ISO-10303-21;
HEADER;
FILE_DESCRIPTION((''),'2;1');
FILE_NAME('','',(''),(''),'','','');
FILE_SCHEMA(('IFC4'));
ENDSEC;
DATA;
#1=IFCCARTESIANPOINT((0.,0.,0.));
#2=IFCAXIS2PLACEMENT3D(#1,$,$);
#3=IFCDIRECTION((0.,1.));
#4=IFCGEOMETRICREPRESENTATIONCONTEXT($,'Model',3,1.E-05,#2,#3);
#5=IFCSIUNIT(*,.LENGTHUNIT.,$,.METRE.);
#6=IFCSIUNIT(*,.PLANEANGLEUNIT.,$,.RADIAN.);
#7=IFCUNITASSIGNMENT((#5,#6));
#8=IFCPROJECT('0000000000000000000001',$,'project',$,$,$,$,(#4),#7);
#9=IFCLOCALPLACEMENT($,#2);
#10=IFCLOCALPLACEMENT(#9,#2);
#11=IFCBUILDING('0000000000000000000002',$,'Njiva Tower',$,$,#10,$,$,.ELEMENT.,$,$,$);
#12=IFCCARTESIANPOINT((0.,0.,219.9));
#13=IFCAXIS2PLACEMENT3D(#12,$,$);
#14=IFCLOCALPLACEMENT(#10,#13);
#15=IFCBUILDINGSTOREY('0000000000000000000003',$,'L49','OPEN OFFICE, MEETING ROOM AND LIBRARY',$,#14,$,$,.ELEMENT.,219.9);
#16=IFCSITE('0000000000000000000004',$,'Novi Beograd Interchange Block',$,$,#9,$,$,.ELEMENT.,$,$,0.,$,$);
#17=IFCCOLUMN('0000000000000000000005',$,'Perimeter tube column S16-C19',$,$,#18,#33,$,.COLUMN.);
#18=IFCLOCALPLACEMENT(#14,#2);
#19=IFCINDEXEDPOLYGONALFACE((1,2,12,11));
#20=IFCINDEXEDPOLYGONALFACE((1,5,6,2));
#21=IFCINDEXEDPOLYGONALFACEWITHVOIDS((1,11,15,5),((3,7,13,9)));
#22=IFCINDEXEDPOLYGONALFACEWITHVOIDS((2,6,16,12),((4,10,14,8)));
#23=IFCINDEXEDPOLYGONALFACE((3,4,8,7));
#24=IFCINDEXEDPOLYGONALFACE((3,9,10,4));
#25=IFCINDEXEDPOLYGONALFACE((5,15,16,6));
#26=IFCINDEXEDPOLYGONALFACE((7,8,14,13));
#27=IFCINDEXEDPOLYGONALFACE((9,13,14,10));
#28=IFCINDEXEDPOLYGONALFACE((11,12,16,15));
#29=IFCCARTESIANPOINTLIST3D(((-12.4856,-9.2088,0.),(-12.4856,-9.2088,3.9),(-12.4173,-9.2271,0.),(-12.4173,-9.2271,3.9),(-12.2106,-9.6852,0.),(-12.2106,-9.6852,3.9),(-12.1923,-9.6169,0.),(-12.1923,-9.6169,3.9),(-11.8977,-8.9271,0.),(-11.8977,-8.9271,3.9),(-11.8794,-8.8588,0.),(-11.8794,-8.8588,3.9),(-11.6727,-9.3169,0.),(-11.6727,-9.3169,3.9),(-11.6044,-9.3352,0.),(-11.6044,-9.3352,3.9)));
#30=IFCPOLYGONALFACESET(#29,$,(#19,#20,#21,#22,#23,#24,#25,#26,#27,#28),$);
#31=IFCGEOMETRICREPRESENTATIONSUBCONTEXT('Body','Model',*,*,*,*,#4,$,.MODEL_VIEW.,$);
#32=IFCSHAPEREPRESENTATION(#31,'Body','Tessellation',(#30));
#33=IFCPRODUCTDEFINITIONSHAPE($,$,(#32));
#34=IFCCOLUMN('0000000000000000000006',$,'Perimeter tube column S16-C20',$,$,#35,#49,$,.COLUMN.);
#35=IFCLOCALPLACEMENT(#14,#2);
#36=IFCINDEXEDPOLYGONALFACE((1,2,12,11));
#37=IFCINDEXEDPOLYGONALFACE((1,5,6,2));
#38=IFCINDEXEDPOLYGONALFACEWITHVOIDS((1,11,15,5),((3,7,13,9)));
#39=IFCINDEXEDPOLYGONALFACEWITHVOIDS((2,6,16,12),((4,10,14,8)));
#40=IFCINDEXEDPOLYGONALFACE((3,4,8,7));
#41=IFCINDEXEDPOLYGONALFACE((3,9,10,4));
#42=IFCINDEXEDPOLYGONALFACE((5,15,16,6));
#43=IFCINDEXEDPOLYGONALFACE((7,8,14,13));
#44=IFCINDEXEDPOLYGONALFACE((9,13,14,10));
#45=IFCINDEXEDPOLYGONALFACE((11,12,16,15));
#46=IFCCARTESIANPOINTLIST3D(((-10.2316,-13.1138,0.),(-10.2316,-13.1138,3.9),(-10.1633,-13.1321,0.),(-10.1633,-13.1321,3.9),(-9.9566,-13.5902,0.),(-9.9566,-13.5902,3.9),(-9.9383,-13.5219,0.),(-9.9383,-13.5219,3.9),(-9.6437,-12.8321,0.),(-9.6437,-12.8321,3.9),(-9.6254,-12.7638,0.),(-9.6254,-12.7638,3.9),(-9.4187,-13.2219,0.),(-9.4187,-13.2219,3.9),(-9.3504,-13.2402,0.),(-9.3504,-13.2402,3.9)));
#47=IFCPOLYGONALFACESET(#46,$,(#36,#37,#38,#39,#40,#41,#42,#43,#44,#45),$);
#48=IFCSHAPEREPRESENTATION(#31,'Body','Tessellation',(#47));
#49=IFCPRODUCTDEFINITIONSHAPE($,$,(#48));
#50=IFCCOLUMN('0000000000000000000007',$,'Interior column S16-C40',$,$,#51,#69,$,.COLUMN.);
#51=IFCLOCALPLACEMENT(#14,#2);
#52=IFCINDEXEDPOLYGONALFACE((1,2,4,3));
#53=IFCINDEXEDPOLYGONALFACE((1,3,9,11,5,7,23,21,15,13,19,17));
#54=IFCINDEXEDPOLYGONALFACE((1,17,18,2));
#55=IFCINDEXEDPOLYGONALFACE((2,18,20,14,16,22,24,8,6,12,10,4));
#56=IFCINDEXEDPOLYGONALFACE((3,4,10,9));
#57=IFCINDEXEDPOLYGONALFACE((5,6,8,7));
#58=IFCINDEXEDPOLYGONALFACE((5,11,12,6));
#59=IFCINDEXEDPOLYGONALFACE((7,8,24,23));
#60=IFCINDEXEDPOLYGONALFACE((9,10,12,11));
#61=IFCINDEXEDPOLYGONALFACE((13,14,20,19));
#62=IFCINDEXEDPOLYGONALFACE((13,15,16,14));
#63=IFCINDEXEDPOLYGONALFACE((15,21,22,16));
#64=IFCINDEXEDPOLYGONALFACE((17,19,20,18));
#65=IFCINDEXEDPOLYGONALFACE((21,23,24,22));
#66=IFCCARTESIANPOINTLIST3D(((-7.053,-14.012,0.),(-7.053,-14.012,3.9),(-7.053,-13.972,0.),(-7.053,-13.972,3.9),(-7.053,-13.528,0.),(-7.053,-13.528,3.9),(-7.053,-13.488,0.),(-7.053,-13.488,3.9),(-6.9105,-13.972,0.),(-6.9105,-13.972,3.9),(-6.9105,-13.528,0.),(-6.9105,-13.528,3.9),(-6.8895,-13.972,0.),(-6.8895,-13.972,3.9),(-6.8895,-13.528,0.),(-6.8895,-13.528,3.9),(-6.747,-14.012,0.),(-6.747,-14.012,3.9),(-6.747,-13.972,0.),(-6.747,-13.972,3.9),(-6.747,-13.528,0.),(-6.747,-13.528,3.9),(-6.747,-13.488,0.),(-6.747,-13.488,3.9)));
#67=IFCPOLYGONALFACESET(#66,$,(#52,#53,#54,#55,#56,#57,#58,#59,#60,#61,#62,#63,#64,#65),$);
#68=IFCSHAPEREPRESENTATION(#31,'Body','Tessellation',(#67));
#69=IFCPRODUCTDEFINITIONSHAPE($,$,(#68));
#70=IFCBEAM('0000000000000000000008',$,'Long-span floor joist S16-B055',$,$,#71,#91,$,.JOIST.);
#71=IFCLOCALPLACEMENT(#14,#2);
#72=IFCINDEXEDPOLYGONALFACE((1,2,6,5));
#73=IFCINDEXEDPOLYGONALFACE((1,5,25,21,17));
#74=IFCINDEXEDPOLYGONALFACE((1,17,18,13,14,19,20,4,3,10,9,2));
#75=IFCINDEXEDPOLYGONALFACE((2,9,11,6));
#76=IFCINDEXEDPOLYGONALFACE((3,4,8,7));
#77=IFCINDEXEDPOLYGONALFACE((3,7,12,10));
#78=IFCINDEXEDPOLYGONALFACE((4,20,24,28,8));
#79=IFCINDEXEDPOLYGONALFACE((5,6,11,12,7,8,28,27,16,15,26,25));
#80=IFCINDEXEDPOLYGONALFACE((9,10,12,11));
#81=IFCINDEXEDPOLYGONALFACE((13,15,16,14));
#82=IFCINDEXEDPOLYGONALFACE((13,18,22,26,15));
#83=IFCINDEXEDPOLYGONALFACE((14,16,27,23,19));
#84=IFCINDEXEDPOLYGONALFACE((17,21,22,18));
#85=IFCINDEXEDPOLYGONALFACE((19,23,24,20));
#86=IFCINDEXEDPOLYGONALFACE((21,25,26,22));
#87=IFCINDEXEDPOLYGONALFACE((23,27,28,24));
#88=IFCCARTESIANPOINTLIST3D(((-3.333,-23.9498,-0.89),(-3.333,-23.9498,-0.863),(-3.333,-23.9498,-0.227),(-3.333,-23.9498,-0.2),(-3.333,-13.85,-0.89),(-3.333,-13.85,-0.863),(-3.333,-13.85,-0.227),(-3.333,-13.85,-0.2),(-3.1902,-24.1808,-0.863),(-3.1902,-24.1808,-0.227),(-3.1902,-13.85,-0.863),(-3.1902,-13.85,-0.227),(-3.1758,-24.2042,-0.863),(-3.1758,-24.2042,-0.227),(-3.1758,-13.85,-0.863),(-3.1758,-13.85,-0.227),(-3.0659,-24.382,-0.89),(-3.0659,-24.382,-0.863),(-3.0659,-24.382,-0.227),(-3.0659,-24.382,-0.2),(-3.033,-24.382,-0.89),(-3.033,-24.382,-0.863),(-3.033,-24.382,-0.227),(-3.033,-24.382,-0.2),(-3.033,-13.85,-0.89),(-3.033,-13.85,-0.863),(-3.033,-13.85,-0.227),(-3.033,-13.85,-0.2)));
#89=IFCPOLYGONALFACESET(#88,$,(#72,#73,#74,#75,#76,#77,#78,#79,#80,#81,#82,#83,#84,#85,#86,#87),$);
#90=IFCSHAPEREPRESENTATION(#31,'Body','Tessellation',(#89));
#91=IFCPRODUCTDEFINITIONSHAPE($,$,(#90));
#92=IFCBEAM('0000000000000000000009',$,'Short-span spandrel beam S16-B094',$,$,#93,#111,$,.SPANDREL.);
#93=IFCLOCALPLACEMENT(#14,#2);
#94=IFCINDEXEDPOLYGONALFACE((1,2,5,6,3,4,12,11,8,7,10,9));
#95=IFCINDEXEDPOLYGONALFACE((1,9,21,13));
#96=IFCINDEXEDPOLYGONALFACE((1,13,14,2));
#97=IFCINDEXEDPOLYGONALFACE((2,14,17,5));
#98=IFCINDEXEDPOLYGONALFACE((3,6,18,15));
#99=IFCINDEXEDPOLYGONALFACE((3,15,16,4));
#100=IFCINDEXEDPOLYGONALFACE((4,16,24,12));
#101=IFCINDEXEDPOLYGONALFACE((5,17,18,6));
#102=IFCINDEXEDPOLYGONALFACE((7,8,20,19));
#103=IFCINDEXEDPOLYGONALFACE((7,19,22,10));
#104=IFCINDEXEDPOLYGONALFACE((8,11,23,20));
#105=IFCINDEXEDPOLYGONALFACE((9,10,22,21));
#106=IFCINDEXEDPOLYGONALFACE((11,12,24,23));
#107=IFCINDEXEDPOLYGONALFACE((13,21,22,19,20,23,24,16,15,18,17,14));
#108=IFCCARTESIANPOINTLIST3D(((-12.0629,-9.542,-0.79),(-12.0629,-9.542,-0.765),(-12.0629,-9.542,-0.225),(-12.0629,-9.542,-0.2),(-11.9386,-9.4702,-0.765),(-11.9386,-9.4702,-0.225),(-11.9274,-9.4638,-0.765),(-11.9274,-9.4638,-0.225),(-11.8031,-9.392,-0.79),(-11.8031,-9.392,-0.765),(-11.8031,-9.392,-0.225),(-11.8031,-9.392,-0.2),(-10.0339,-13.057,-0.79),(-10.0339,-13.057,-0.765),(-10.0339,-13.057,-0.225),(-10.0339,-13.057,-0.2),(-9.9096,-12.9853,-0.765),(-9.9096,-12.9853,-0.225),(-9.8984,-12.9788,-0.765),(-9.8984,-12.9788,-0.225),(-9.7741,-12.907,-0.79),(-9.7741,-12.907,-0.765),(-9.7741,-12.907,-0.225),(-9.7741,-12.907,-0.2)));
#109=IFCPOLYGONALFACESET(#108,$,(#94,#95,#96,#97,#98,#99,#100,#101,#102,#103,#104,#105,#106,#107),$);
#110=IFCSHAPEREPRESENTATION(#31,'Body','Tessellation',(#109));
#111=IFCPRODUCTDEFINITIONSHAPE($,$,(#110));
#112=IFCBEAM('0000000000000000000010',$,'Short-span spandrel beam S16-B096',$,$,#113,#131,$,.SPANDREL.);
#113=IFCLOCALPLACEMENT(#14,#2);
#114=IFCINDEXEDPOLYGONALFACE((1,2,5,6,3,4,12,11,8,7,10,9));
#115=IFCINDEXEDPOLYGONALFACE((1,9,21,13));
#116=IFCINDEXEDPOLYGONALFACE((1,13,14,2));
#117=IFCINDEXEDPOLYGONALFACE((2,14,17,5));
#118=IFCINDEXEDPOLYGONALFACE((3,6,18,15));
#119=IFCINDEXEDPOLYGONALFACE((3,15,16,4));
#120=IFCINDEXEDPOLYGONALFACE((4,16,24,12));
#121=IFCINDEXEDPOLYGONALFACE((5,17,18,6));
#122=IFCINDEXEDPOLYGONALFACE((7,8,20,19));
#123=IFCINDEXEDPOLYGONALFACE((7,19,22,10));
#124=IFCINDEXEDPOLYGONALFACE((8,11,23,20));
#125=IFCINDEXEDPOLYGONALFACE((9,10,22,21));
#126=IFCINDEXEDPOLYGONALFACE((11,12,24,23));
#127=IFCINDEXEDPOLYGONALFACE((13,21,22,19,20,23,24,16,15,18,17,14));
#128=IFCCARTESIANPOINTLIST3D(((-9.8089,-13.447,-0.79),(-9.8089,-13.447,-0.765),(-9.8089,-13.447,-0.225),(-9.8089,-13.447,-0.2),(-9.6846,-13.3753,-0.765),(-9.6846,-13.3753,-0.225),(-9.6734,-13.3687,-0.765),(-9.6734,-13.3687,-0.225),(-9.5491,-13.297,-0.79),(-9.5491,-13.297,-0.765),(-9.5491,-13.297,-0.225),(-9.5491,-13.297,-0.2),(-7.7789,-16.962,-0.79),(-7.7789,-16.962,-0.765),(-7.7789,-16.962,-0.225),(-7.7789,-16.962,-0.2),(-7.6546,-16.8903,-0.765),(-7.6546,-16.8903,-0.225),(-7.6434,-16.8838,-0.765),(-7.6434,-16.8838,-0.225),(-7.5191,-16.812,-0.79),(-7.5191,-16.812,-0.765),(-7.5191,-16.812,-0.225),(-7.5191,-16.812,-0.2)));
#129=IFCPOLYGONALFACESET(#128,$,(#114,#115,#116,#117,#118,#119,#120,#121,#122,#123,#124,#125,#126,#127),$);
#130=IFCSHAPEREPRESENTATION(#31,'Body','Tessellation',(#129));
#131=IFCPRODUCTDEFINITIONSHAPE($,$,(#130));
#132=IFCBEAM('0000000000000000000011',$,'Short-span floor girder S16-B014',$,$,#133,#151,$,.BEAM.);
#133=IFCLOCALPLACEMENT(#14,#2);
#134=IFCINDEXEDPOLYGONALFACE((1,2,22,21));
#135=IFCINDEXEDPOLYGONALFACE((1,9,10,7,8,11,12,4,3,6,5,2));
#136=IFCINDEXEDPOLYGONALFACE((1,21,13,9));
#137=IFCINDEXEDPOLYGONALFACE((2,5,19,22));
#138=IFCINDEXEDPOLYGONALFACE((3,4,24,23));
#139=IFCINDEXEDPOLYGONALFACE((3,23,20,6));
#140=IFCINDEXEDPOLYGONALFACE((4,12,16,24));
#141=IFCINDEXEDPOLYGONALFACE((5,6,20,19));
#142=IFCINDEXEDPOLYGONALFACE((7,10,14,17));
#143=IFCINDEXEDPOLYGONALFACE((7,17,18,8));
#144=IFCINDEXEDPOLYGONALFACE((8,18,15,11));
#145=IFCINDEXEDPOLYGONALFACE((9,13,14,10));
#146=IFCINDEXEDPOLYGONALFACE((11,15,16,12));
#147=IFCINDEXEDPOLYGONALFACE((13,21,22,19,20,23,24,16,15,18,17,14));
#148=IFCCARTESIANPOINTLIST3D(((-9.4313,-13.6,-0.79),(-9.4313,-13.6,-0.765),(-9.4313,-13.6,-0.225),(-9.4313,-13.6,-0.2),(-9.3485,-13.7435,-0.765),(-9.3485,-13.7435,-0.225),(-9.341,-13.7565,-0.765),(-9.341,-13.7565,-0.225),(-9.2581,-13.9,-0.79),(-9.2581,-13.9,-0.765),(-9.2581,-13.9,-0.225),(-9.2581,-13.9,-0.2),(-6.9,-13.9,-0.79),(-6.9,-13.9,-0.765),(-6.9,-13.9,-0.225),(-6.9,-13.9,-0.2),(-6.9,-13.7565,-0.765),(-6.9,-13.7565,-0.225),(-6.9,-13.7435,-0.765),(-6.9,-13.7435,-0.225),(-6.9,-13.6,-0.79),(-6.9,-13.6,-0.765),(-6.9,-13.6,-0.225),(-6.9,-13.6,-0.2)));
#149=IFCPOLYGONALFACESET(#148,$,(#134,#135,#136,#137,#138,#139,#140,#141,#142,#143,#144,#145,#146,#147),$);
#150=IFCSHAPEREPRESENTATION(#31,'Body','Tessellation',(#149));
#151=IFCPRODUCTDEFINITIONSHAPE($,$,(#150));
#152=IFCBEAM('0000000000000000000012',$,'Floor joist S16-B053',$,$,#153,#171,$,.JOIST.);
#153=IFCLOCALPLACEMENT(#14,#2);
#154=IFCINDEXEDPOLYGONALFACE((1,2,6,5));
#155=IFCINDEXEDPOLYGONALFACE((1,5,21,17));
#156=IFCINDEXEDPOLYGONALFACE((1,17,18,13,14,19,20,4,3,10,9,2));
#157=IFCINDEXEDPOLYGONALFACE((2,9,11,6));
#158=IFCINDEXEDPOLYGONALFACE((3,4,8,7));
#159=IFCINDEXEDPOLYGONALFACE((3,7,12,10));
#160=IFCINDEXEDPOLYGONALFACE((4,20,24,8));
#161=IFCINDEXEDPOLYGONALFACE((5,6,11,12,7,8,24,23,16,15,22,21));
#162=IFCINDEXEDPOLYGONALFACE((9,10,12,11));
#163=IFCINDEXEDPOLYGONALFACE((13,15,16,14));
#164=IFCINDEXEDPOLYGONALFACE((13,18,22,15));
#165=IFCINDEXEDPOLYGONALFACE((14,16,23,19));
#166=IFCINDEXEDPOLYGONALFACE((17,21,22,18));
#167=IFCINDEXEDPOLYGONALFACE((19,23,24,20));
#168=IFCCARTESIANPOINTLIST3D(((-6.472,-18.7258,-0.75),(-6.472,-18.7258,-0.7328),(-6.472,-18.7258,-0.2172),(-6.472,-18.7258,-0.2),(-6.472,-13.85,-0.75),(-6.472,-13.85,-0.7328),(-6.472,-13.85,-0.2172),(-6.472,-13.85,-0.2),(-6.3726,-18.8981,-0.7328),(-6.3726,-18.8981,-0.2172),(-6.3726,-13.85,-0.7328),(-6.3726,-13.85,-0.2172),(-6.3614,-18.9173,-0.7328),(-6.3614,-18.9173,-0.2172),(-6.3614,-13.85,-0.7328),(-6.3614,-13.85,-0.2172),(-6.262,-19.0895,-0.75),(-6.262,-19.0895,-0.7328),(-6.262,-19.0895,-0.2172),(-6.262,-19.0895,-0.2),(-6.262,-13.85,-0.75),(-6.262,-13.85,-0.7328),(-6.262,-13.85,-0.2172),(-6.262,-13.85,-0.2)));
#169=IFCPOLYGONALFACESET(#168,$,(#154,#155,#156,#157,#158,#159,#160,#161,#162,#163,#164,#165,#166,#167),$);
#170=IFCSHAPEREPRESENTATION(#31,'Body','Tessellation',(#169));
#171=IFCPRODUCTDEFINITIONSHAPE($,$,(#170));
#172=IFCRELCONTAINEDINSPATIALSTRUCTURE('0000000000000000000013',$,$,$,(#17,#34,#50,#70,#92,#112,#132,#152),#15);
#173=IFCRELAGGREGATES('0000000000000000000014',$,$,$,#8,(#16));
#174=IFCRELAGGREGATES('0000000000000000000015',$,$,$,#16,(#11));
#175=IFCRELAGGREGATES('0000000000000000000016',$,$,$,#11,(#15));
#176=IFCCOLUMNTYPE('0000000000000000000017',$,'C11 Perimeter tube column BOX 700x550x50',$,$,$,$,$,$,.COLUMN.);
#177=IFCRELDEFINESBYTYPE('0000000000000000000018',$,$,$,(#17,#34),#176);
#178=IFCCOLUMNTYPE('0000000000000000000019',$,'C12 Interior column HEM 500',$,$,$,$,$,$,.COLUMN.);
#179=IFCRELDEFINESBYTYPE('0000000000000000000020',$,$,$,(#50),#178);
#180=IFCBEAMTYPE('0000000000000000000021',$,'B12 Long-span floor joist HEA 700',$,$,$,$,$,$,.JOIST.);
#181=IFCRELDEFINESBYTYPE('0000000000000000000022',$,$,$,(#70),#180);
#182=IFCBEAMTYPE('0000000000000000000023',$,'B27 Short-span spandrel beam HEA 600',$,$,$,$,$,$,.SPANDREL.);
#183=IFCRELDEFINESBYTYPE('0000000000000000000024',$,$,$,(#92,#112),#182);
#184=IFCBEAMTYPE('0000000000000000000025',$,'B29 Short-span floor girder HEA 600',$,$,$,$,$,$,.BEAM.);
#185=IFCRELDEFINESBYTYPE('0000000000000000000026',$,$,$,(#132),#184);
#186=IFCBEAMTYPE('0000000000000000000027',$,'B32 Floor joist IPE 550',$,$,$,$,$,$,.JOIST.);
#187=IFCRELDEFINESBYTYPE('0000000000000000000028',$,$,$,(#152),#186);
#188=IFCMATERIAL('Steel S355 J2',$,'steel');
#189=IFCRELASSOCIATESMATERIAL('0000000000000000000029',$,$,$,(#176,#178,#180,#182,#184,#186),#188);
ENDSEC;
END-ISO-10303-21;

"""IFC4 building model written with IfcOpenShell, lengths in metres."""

from ifc_helpers import new_model, si_unit, direction, frame, origin, origin_2d, place, context, subcontext, project, spatial, hollow_rectangle, i_section, extrude, clip, halfspace, material, material_profile, profile_set, type_object, element, save


model = new_model("IFC4")

# Units and contexts
model_context = context("Model", 3, precision=1e-05, world=origin(), true_north=direction((0.0, 1.0)))
body_context = subcontext(model_context, "Body", "Model", "MODEL_VIEW")
ifc_project = project(units=[si_unit("LENGTHUNIT", "METRE"), si_unit("PLANEANGLEUNIT", "RADIAN")], contexts=[model_context])

# Site, building, storey
site_placement = place(None, origin())
site = spatial("IfcSite", under=ifc_project, at=site_placement, Name="Novi Beograd Interchange Block", CompositionType="ELEMENT", RefElevation=0.0)
building_placement = place(site_placement, origin())
building = spatial("IfcBuilding", under=site, at=building_placement, Name="Njiva Tower", CompositionType="ELEMENT")
storey_placement = place(building_placement, frame((0.0, 0.0, 219.9)))
storey = spatial("IfcBuildingStorey", under=building, at=storey_placement, Name="L49", Description="OPEN OFFICE, MEETING ROOM AND LIBRARY", CompositionType="ELEMENT", Elevation=219.9)

# Columns
ifc_material_1 = material(Name="Steel S355 J2", Category="steel")
ifc_material_profile_1 = material_profile(ifc_material_1, hollow_rectangle(XDim=0.55, YDim=0.7, WallThickness=0.05, at=origin_2d()), Name="BOX 700x550x50")
ifc_profile_set_1 = profile_set([ifc_material_profile_1], Name="Steel S355 J2")
column_type_1 = type_object("IfcColumnType", Name="C11 Perimeter tube column BOX 700x550x50", PredefinedType="COLUMN", material=ifc_profile_set_1)
for number, where, z_axis, x_axis, name in (
    (1, (-12.045, -9.272, 0.0), (0.0, 0.0, 1.0), (0.5, -0.866025, 0.0), "Perimeter tube column S16-C19"),
    (2, (-9.791, -13.177, 0.0), (0.0, 0.0, 1.0), (0.5, -0.866025, 0.0), "Perimeter tube column S16-C20"),
):
    element("IfcColumn", number, at=place(storey_placement, frame(where, z_axis=z_axis, x_axis=x_axis)), inside=storey, type_object=column_type_1, Name=name, PredefinedType="COLUMN", context=body_context, shape_type="SweptSolid", body=[
        extrude(hollow_rectangle(XDim=0.55, YDim=0.7, WallThickness=0.05, at=origin_2d()), origin(), (0.0, 0.0, 1.0), 3.9),
    ])
ifc_material_profile_2 = material_profile(ifc_material_1, i_section(OverallWidth=0.306, OverallDepth=0.524, WebThickness=0.021, FlangeThickness=0.04, at=origin_2d()), Name="HEM 500")
ifc_profile_set_2 = profile_set([ifc_material_profile_2], Name="Steel S355 J2")
column_type_2 = type_object("IfcColumnType", Name="C12 Interior column HEM 500", PredefinedType="COLUMN", material=ifc_profile_set_2)
column_placement = place(storey_placement, frame((-6.9, -13.75, 0.0), z_axis=(0.0, 0.0, 1.0), x_axis=(1.0, 0.0, 0.0)))
element("IfcColumn", 3, at=column_placement, inside=storey, type_object=column_type_2, Name="Interior column S16-C40", PredefinedType="COLUMN", context=body_context, shape_type="SweptSolid", body=[
    extrude(i_section(OverallWidth=0.306, OverallDepth=0.524, WebThickness=0.021, FlangeThickness=0.04, at=origin_2d()), origin(), (0.0, 0.0, 1.0), 3.9),
])

# Beams
ifc_material_profile_3 = material_profile(ifc_material_1, i_section(OverallWidth=0.3, OverallDepth=0.69, WebThickness=0.0145, FlangeThickness=0.027, at=origin_2d()), Name="HEA 700")
ifc_profile_set_3 = profile_set([ifc_material_profile_3], Name="Steel S355 J2")
beam_type_1 = type_object("IfcBeamType", Name="B12 Long-span floor joist HEA 700", PredefinedType="JOIST", material=ifc_profile_set_3)
beam_1_placement = place(storey_placement, frame((-3.183, -13.85, -0.545), z_axis=(0.0, -1.0, 0.0), x_axis=(1.0, 0.0, 0.0)))
element("IfcBeam", 4, at=beam_1_placement, inside=storey, type_object=beam_type_1, Name="Long-span floor joist S16-B055", PredefinedType="JOIST", context=body_context, shape_type="Clipping", body=[
    clip(extrude(i_section(OverallWidth=0.3, OverallDepth=0.69, WebThickness=0.0145, FlangeThickness=0.027, at=origin_2d()), origin(), (0.0, 0.0, 1.0), 10.532), halfspace(frame((-0.0429, 0.0, 10.2731), z_axis=(-0.850625, 0.0, 0.525773), x_axis=(0.0, 1.0, 0.0)), False)),
])
ifc_material_profile_4 = material_profile(ifc_material_1, i_section(OverallWidth=0.3, OverallDepth=0.59, WebThickness=0.013, FlangeThickness=0.025, at=origin_2d()), Name="HEA 600")
ifc_profile_set_4 = profile_set([ifc_material_profile_4], Name="Steel S355 J2")
beam_type_2 = type_object("IfcBeamType", Name="B27 Short-span spandrel beam HEA 600", PredefinedType="SPANDREL", material=ifc_profile_set_4)
beam_2_placement = place(storey_placement, frame((-11.933, -9.467, -0.495), z_axis=(0.499929, -0.866067, 0.0), x_axis=(0.866067, 0.499929, 0.0)))
element("IfcBeam", 5, at=beam_2_placement, inside=storey, type_object=beam_type_2, Name="Short-span spandrel beam S16-B094", PredefinedType="SPANDREL", context=body_context, shape_type="SweptSolid", body=[
    extrude(i_section(OverallWidth=0.3, OverallDepth=0.59, WebThickness=0.013, FlangeThickness=0.025, at=origin_2d()), origin(), (0.0, 0.0, 1.0), 4.0586),
])
beam_3_placement = place(storey_placement, frame((-9.679, -13.372, -0.495), z_axis=(0.500113, -0.86596, 0.0), x_axis=(0.86596, 0.500113, 0.0)))
element("IfcBeam", 6, at=beam_3_placement, inside=storey, type_object=beam_type_2, Name="Short-span spandrel beam S16-B096", PredefinedType="SPANDREL", context=body_context, shape_type="SweptSolid", body=[
    extrude(i_section(OverallWidth=0.3, OverallDepth=0.59, WebThickness=0.013, FlangeThickness=0.025, at=origin_2d()), origin(), (0.0, 0.0, 1.0), 4.0591),
])
ifc_material_profile_5 = material_profile(ifc_material_1, i_section(OverallWidth=0.3, OverallDepth=0.59, WebThickness=0.013, FlangeThickness=0.025, at=origin_2d()), Name="HEA 600")
ifc_profile_set_5 = profile_set([ifc_material_profile_5], Name="Steel S355 J2")
beam_type_3 = type_object("IfcBeamType", Name="B29 Short-span floor girder HEA 600", PredefinedType="BEAM", material=ifc_profile_set_5)
beam_4_placement = place(storey_placement, frame((-9.452, -13.75, -0.495), z_axis=(1.0, 0.0, 0.0), x_axis=(0.0, 1.0, 0.0)))
element("IfcBeam", 7, at=beam_4_placement, inside=storey, type_object=beam_type_3, Name="Short-span floor girder S16-B014", PredefinedType="BEAM", context=body_context, shape_type="Clipping", body=[
    clip(extrude(i_section(OverallWidth=0.3, OverallDepth=0.59, WebThickness=0.013, FlangeThickness=0.025, at=origin_2d()), origin(), (0.0, 0.0, 1.0), 2.552), halfspace(frame((-0.025, 0.0, 0.1217), z_axis=(-0.499998, 0.0, -0.866027), x_axis=(0.0, -1.0, 0.0)), False)),
])
ifc_material_profile_6 = material_profile(ifc_material_1, i_section(OverallWidth=0.21, OverallDepth=0.55, WebThickness=0.0111, FlangeThickness=0.0172, at=origin_2d()), Name="IPE 550")
ifc_profile_set_6 = profile_set([ifc_material_profile_6], Name="Steel S355 J2")
beam_type_4 = type_object("IfcBeamType", Name="B32 Floor joist IPE 550", PredefinedType="JOIST", material=ifc_profile_set_6)
beam_5_placement = place(storey_placement, frame((-6.367, -13.85, -0.475), z_axis=(0.0, -1.0, 0.0), x_axis=(1.0, 0.0, 0.0)))
element("IfcBeam", 8, at=beam_5_placement, inside=storey, type_object=beam_type_4, Name="Floor joist S16-B053", PredefinedType="JOIST", context=body_context, shape_type="Clipping", body=[
    clip(extrude(i_section(OverallWidth=0.21, OverallDepth=0.55, WebThickness=0.0111, FlangeThickness=0.0172, at=origin_2d()), origin(), (0.0, 0.0, 1.0), 5.26), halfspace(frame((-0.043, 0.0, 4.9832), z_axis=(-0.866027, 0.0, 0.499998), x_axis=(0.0, 1.0, 0.0)), False)),
])

save(model, "model.ifc")
